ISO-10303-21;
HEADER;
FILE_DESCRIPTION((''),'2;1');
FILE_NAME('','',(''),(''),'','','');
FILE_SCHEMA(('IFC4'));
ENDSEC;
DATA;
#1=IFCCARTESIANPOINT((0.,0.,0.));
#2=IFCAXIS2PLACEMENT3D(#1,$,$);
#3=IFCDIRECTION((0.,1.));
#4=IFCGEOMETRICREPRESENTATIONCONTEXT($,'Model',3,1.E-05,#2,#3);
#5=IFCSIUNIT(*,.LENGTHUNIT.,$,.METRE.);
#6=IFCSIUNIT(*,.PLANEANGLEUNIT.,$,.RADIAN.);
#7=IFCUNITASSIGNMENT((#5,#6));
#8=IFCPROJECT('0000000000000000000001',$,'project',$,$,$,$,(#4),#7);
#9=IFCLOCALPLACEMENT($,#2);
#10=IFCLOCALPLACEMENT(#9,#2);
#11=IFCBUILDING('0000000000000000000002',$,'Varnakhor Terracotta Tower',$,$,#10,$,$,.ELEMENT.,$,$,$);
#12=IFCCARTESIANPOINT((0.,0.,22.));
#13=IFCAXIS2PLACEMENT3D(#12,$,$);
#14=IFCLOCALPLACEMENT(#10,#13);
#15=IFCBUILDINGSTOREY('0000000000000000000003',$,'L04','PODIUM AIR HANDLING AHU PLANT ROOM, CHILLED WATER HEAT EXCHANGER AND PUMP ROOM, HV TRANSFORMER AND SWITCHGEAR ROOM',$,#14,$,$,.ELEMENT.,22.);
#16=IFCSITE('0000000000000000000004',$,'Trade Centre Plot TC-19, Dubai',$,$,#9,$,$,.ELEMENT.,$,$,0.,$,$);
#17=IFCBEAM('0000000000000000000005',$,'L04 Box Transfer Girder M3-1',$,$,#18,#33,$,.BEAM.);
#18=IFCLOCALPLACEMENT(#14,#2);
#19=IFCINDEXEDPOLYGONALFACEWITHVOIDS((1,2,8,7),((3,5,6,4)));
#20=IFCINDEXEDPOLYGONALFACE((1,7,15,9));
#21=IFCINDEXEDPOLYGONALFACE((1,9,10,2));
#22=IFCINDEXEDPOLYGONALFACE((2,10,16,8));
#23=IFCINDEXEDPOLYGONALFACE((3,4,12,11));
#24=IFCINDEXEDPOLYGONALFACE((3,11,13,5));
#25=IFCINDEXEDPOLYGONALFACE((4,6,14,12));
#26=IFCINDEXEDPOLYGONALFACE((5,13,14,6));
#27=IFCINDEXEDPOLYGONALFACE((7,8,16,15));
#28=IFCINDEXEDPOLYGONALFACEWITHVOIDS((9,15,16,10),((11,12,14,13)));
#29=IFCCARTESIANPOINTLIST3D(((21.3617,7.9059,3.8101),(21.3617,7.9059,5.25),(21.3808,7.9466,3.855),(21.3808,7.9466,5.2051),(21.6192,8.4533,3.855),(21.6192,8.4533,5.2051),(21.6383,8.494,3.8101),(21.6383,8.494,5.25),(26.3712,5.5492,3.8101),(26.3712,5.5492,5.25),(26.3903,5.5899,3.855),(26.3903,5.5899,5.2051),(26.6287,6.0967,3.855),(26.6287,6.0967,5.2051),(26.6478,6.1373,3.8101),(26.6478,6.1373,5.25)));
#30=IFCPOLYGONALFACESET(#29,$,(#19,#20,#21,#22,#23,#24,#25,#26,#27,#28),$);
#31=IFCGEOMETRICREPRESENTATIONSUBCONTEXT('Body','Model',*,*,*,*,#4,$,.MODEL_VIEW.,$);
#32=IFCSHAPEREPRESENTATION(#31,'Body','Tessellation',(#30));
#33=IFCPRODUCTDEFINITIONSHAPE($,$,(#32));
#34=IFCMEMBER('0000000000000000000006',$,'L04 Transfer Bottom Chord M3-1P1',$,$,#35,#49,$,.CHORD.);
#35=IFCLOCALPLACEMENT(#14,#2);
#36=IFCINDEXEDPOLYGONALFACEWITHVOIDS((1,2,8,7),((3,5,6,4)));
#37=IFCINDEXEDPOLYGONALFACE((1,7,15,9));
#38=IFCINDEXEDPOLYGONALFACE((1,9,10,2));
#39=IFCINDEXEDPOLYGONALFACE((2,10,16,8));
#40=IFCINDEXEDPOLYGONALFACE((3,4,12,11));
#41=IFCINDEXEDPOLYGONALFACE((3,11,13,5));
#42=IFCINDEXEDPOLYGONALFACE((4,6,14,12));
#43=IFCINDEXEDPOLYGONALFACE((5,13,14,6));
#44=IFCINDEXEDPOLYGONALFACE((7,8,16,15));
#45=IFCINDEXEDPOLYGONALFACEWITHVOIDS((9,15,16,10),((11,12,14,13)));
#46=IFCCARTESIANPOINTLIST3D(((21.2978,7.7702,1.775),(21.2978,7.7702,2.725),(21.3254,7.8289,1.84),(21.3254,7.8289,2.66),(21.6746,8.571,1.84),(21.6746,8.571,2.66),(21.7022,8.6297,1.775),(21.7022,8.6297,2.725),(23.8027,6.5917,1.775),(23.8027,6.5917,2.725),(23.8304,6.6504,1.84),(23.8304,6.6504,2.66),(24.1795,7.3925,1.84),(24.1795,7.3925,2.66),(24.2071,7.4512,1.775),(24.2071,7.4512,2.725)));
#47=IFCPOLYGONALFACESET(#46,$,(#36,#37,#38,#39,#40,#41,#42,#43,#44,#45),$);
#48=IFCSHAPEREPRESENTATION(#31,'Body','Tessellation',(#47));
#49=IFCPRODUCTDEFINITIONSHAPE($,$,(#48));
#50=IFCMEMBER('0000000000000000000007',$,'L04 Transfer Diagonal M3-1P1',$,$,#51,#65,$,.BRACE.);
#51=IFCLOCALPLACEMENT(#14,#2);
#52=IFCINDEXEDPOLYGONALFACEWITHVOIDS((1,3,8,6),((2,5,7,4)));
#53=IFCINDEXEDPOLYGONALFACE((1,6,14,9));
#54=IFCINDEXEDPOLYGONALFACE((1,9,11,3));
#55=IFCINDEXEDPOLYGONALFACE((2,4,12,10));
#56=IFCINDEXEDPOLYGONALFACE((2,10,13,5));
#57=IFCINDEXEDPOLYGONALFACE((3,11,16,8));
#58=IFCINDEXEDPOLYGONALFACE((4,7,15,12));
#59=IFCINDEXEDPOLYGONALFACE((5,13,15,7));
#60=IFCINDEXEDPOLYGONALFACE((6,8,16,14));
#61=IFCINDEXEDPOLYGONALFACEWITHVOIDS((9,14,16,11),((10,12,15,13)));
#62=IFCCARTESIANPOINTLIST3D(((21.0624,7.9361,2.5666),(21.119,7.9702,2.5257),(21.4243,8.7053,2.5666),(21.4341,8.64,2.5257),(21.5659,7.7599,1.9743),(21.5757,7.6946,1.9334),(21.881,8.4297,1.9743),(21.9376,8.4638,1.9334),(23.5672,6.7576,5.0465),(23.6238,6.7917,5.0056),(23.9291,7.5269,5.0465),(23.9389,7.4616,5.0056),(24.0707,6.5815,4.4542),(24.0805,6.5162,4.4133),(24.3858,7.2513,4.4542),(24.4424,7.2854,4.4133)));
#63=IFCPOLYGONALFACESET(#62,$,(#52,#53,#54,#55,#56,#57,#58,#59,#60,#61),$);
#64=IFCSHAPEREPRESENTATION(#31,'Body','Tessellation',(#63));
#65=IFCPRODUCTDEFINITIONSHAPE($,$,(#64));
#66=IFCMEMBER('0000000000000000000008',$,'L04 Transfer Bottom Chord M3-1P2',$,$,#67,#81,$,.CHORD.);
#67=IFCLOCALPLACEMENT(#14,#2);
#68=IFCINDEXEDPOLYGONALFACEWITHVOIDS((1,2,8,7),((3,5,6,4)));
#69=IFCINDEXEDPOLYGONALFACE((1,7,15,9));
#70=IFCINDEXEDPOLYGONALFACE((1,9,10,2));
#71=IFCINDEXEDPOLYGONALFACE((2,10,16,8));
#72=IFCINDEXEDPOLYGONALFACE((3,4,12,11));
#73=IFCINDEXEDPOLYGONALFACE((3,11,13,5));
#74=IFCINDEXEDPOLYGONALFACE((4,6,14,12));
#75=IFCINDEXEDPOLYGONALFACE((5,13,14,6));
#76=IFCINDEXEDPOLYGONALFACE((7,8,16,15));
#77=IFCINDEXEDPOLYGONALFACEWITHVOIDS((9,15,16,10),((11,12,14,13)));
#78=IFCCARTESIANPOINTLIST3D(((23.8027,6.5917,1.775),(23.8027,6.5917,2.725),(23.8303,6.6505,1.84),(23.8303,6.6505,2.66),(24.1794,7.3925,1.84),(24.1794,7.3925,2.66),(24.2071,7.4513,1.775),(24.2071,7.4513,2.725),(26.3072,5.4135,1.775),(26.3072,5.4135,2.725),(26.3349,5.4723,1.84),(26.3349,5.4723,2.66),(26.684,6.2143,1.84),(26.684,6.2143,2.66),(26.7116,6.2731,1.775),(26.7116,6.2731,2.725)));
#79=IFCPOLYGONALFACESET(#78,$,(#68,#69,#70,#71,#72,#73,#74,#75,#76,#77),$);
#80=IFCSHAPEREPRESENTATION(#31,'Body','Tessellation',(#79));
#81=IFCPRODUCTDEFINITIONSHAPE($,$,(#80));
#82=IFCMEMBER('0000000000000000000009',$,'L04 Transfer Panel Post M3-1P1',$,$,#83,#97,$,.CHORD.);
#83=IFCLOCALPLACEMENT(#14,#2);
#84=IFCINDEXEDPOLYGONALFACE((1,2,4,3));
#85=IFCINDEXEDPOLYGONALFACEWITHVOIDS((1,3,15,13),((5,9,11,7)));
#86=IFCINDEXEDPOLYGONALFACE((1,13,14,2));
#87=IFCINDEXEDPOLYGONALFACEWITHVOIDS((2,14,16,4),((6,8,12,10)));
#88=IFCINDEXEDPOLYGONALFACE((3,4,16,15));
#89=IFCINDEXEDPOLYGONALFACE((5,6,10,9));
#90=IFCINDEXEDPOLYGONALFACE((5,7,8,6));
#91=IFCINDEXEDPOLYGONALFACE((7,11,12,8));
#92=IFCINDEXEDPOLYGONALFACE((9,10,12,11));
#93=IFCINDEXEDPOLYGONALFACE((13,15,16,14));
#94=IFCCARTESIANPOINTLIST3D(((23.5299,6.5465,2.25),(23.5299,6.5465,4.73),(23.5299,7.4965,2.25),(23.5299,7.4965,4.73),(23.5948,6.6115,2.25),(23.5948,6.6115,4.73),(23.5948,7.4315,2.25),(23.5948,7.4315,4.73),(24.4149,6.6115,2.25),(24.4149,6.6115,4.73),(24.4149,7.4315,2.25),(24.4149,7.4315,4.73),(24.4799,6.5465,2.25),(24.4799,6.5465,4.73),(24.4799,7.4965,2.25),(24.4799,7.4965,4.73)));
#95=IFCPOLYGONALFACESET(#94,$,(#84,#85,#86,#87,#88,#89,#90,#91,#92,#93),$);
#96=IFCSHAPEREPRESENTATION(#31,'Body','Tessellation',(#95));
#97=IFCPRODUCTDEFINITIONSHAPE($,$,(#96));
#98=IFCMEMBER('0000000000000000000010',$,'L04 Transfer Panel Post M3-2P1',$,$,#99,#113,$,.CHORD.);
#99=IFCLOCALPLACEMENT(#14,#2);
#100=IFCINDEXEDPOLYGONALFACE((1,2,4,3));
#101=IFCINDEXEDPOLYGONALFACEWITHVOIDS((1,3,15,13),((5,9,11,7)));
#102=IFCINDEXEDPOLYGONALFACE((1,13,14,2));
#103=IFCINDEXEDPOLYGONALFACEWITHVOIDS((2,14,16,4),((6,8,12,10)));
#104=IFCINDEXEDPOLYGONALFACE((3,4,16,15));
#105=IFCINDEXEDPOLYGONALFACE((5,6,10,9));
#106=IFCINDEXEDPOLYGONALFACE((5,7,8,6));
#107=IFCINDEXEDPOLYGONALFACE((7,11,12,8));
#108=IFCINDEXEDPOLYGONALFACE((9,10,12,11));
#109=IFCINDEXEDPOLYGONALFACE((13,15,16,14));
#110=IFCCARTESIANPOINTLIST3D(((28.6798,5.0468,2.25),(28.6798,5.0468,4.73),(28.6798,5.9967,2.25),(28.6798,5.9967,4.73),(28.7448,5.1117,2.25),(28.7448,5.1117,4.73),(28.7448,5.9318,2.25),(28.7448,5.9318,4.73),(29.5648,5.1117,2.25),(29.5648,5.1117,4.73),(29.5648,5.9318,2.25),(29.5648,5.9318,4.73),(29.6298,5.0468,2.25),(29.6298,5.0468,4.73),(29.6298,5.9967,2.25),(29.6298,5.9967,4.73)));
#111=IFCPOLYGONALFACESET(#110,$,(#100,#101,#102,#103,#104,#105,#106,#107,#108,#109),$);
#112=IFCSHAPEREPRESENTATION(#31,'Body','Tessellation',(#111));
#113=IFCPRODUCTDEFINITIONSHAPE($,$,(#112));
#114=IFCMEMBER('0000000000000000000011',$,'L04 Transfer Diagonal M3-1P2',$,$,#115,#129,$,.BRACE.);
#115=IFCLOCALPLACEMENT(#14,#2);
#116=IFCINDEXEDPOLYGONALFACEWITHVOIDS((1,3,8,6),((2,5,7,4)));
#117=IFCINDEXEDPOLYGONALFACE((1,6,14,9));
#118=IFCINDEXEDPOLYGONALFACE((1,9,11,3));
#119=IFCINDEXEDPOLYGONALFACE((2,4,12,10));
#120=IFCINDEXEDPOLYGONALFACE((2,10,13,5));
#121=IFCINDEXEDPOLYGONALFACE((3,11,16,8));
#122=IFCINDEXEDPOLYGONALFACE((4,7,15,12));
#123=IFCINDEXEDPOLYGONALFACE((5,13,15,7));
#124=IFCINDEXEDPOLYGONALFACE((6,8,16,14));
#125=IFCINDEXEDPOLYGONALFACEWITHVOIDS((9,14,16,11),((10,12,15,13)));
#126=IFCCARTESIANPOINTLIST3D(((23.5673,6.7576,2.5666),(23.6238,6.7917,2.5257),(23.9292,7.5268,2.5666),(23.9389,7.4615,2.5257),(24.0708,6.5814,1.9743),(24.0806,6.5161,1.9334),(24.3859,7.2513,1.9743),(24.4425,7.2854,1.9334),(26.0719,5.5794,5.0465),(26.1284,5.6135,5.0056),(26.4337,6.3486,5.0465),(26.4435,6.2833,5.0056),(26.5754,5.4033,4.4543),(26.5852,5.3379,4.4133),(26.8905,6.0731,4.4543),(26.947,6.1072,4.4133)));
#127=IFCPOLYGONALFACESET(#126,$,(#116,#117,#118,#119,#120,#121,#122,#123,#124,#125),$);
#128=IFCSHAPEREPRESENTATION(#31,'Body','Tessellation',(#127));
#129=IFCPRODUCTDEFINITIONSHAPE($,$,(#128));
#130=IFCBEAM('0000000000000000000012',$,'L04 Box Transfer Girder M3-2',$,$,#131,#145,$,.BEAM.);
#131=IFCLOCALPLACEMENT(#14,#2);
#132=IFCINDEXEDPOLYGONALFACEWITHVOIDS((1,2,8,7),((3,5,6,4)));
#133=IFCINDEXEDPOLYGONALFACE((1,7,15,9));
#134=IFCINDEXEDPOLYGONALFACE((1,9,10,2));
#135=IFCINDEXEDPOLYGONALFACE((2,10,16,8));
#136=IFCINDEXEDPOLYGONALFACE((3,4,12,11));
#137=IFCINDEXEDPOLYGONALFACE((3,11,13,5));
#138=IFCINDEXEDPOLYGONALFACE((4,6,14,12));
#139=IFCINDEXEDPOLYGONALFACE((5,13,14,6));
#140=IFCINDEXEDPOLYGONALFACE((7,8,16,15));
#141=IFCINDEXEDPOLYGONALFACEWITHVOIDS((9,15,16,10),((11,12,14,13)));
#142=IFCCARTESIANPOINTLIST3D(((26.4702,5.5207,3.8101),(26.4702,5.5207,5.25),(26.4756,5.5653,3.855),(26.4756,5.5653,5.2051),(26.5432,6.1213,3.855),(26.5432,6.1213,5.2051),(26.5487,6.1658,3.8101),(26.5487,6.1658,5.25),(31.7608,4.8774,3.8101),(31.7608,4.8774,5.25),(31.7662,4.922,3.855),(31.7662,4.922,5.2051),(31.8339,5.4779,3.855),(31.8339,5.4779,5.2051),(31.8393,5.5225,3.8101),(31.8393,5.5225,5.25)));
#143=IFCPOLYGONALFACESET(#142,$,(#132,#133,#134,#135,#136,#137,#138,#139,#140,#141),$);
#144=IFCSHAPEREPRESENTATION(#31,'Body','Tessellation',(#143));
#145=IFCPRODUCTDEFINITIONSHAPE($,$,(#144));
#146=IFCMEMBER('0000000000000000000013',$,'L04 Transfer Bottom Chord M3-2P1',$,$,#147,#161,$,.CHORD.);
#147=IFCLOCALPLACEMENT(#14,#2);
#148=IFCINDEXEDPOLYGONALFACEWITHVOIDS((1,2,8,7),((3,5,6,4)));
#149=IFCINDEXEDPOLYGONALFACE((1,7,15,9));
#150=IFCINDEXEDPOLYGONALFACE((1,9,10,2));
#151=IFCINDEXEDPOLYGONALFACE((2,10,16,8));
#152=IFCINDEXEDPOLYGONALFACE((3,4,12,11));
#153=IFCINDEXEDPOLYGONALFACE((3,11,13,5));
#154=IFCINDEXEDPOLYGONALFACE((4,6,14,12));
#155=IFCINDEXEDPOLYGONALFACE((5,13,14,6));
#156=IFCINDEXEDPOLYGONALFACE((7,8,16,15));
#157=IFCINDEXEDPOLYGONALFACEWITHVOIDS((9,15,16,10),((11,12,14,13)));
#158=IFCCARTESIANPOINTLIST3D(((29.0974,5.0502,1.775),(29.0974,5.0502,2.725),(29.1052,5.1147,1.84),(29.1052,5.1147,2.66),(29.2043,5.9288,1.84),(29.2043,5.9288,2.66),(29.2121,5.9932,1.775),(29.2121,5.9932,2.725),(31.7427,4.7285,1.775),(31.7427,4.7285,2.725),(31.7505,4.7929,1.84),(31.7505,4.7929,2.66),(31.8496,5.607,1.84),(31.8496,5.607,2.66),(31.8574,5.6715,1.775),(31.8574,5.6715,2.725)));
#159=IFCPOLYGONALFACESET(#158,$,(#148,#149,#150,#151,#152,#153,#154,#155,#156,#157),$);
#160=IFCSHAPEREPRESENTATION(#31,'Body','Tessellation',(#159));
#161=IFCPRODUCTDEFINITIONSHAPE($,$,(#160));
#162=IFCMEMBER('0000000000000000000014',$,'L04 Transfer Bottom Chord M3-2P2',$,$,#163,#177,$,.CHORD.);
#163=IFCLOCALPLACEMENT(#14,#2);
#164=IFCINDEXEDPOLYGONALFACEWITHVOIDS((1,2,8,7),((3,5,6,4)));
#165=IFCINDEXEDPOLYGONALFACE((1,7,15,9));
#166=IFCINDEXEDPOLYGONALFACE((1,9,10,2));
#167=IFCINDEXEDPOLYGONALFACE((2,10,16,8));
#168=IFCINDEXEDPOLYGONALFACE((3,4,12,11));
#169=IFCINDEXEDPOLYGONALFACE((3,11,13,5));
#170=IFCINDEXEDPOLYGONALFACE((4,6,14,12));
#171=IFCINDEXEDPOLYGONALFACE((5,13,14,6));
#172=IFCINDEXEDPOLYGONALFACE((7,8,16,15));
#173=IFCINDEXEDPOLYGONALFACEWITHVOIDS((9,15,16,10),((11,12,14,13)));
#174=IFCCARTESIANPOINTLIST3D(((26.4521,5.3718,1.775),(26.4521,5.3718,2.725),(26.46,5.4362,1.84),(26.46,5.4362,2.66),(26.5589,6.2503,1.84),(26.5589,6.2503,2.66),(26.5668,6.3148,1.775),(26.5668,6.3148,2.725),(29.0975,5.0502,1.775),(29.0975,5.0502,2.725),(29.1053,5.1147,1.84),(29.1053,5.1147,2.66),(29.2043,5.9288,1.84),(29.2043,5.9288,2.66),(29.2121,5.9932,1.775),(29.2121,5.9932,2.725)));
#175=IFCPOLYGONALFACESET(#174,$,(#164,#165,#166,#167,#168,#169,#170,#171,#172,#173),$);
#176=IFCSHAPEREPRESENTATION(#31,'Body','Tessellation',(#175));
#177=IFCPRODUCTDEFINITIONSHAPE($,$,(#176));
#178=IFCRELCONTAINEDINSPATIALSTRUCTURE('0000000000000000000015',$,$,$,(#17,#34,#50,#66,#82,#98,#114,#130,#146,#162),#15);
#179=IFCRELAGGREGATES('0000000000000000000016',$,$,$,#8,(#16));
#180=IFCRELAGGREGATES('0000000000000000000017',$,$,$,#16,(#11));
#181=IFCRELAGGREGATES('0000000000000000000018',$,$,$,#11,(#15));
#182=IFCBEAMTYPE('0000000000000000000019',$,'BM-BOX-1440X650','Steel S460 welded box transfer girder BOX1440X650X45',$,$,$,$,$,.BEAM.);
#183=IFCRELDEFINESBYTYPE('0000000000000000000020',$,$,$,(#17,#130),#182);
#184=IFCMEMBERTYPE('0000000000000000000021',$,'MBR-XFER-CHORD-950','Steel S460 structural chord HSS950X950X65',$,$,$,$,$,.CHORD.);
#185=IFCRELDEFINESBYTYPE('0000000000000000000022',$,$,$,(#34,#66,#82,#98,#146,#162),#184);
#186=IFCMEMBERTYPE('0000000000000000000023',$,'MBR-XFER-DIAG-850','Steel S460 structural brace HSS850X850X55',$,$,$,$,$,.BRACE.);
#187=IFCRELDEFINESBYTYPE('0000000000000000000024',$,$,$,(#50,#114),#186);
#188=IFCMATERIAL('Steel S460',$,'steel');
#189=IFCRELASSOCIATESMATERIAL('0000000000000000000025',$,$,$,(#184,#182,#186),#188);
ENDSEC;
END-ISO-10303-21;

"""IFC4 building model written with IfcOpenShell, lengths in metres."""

from ifc_helpers import new_model, si_unit, direction, frame, origin, origin_2d, place, context, subcontext, project, spatial, hollow_rectangle, extrude, source, transform, mapped, material, material_profile, profile_set, type_object, type_shapes, element, save


model = new_model("IFC4")

# Units and contexts
model_context = context("Model", 3, precision=1e-05, world=origin(), true_north=direction((0.0, 1.0)))
body_context = subcontext(model_context, "Body", "Model", "MODEL_VIEW")
ifc_project = project(units=[si_unit("LENGTHUNIT", "METRE"), si_unit("PLANEANGLEUNIT", "RADIAN")], contexts=[model_context])

# Site, building, storey
site_placement = place(None, origin())
site = spatial("IfcSite", under=ifc_project, at=site_placement, Name="Trade Centre Plot TC-19, Dubai", CompositionType="ELEMENT", RefElevation=0.0)
building_placement = place(site_placement, origin())
building = spatial("IfcBuilding", under=site, at=building_placement, Name="Varnakhor Terracotta Tower", CompositionType="ELEMENT")
storey_placement = place(building_placement, frame((0.0, 0.0, 22.0)))
storey = spatial("IfcBuildingStorey", under=building, at=storey_placement, Name="L04", Description="PODIUM AIR HANDLING AHU PLANT ROOM, CHILLED WATER HEAT EXCHANGER AND PUMP ROOM, HV TRANSFORMER AND SWITCHGEAR ROOM", CompositionType="ELEMENT", Elevation=22.0)

# Shared definitions
ifc_material_1 = material(Name="Steel S460", Category="steel")

# Shared definitions
ifc_material_profile_1 = material_profile(ifc_material_1, hollow_rectangle(XDim=0.95, YDim=0.95, WallThickness=0.0649, at=origin_2d()), Name="HSS950X950X65")
ifc_profile_set_1 = profile_set([ifc_material_profile_1], Name="Steel S460")
member_type_1 = type_object("IfcMemberType", Name="MBR-XFER-CHORD-950", Description="Steel S460 structural chord HSS950X950X65", PredefinedType="CHORD", material=ifc_profile_set_1)

# Beam
ifc_material_profile_2 = material_profile(ifc_material_1, hollow_rectangle(XDim=0.6499, YDim=1.4399, WallThickness=0.0449, at=origin_2d()), Name="BOX1440X650X45")
ifc_profile_set_2 = profile_set([ifc_material_profile_2], Name="Steel S460")
beam_type_1 = type_object("IfcBeamType", Name="BM-BOX-1440X650", Description="Steel S460 welded box transfer girder BOX1440X650X45", PredefinedType="BEAM", material=ifc_profile_set_2)
shared_shape_1 = source(origin(), body_context, "Body", "SweptSolid", [
    extrude(hollow_rectangle(XDim=0.6499, YDim=1.4399, WallThickness=0.0449, at=origin_2d()), origin(), (0.0, 0.0, 1.0), 5.5361),
])
beam_1_placement = place(storey_placement, frame((21.5, 8.2, 4.53), z_axis=(0.90487, -0.425689, 0.0), x_axis=(0.425689, 0.90487, 0.0)))
element("IfcBeam", 1, at=beam_1_placement, inside=storey, type_object=beam_type_1, Name="L04 Box Transfer Girder M3-1", PredefinedType="BEAM", context=body_context, shape_type="MappedRepresentation", body=[
    mapped(shared_shape_1, transform((0.0, 0.0, 0.0), scale=1.0)),
])

# Members
shared_shape_2 = source(origin(), body_context, "Body", "SweptSolid", [
    extrude(hollow_rectangle(XDim=0.95, YDim=0.95, WallThickness=0.0649, at=origin_2d()), origin(), (0.0, 0.0, 1.0), 2.7683),
])
member_1_placement = place(storey_placement, frame((21.5, 8.2, 2.25), z_axis=(0.904861, -0.425708, 0.0), x_axis=(0.425708, 0.904861, 0.0)))
element("IfcMember", 2, at=member_1_placement, inside=storey, type_object=member_type_1, Name="L04 Transfer Bottom Chord M3-1P1", PredefinedType="CHORD", context=body_context, shape_type="MappedRepresentation", body=[
    mapped(shared_shape_2, transform((0.0, 0.0, 0.0), scale=1.0)),
])
ifc_material_profile_3 = material_profile(ifc_material_1, hollow_rectangle(XDim=0.8501, YDim=0.8501, WallThickness=0.0549, at=origin_2d()), Name="HSS850X850X55")
ifc_profile_set_3 = profile_set([ifc_material_profile_3], Name="Steel S460")
member_type_2 = type_object("IfcMemberType", Name="MBR-XFER-DIAG-850", Description="Steel S460 structural brace HSS850X850X55", PredefinedType="BRACE", material=ifc_profile_set_3)
shared_shape_3 = source(origin(), body_context, "Body", "SweptSolid", [
    extrude(hollow_rectangle(XDim=0.8501, YDim=0.8501, WallThickness=0.0549, at=origin_2d()), origin(), (0.0, 0.0, 1.0), 3.7166),
])
type_shapes(member_type_2, [shared_shape_3])
member_2_placement = place(storey_placement, frame((21.5, 8.2, 2.25), z_axis=(0.673962, -0.317077, 0.667261), x_axis=(0.425708, 0.904861, 0.0)))
element("IfcMember", 3, at=member_2_placement, inside=storey, type_object=member_type_2, Name="L04 Transfer Diagonal M3-1P1", PredefinedType="BRACE", context=body_context, shape_type="MappedRepresentation", body=[
    mapped(shared_shape_3, transform((0.0, 0.0, 0.0), scale=1.0)),
])
shared_shape_4 = source(origin(), body_context, "Body", "SweptSolid", [
    extrude(hollow_rectangle(XDim=0.95, YDim=0.95, WallThickness=0.0649, at=origin_2d()), origin(), (0.0, 0.0, 1.0), 2.7678),
])
member_3_placement = place(storey_placement, frame((24.0049, 7.0215, 2.25), z_axis=(0.904879, -0.42567, 0.0), x_axis=(0.42567, 0.904879, 0.0)))
element("IfcMember", 4, at=member_3_placement, inside=storey, type_object=member_type_1, Name="L04 Transfer Bottom Chord M3-1P2", PredefinedType="CHORD", context=body_context, shape_type="MappedRepresentation", body=[
    mapped(shared_shape_4, transform((0.0, 0.0, 0.0), scale=1.0)),
])
shared_shape_5 = source(origin(), body_context, "Body", "SweptSolid", [
    extrude(hollow_rectangle(XDim=0.95, YDim=0.95, WallThickness=0.0649, at=origin_2d()), origin(), (0.0, 0.0, 1.0), 2.48),
])
for number, where, z_axis, x_axis, name in (
    (5, (24.0049, 7.0215, 2.25), (0.0, 0.0, 1.0), (1.0, 0.0, 0.0), "L04 Transfer Panel Post M3-1P1"),
    (6, (29.1548, 5.5217, 2.25), (0.0, 0.0, 1.0), (1.0, 0.0, 0.0), "L04 Transfer Panel Post M3-2P1"),
):
    element("IfcMember", number, at=place(storey_placement, frame(where, z_axis=z_axis, x_axis=x_axis)), inside=storey, type_object=member_type_1, Name=name, PredefinedType="CHORD", context=body_context, shape_type="MappedRepresentation", body=[
        mapped(shared_shape_5, transform((0.0, 0.0, 0.0), scale=1.0)),
    ])
shared_shape_6 = source(origin(), body_context, "Body", "SweptSolid", [
    extrude(hollow_rectangle(XDim=0.8501, YDim=0.8501, WallThickness=0.0549, at=origin_2d()), origin(), (0.0, 0.0, 1.0), 3.7163),
])
member_4_placement = place(storey_placement, frame((24.0049, 7.0215, 2.25), z_axis=(0.67394, -0.317032, 0.667305), x_axis=(0.42567, 0.904879, 0.0)))
element("IfcMember", 7, at=member_4_placement, inside=storey, type_object=member_type_2, Name="L04 Transfer Diagonal M3-1P2", PredefinedType="BRACE", context=body_context, shape_type="MappedRepresentation", body=[
    mapped(shared_shape_6, transform((0.0, 0.0, 0.0), scale=1.0)),
])

# Beam
shared_shape_7 = source(origin(), body_context, "Body", "SweptSolid", [
    extrude(hollow_rectangle(XDim=0.6499, YDim=1.4399, WallThickness=0.0449, at=origin_2d()), origin(), (0.0, 0.0, 1.0), 5.3296),
])
beam_2_placement = place(storey_placement, frame((31.8, 5.2, 4.53), z_axis=(-0.992688, 0.120708, 0.0), x_axis=(-0.120708, -0.992688, 0.0)))
element("IfcBeam", 8, at=beam_2_placement, inside=storey, type_object=beam_type_1, Name="L04 Box Transfer Girder M3-2", PredefinedType="BEAM", context=body_context, shape_type="MappedRepresentation", body=[
    mapped(shared_shape_7, transform((0.0, 0.0, 0.0), scale=1.0)),
])

# Members
shared_shape_8 = source(origin(), body_context, "Body", "SweptSolid", [
    extrude(hollow_rectangle(XDim=0.95, YDim=0.95, WallThickness=0.0649, at=origin_2d()), origin(), (0.0, 0.0, 1.0), 2.6648),
])
for number, where, z_axis, x_axis, name in (
    (9, (31.8, 5.2, 2.25), (-0.992683, 0.120753, 0.0), (-0.120753, -0.992683, 0.0), "L04 Transfer Bottom Chord M3-2P1"),
    (10, (29.1548, 5.5217, 2.25), (-0.992694, 0.120662, 0.0), (-0.120662, -0.992694, 0.0), "L04 Transfer Bottom Chord M3-2P2"),
):
    element("IfcMember", number, at=place(storey_placement, frame(where, z_axis=z_axis, x_axis=x_axis)), inside=storey, type_object=member_type_1, Name=name, PredefinedType="CHORD", context=body_context, shape_type="MappedRepresentation", body=[
        mapped(shared_shape_8, transform((0.0, 0.0, 0.0), scale=1.0)),
    ])

save(model, "model.ifc")
